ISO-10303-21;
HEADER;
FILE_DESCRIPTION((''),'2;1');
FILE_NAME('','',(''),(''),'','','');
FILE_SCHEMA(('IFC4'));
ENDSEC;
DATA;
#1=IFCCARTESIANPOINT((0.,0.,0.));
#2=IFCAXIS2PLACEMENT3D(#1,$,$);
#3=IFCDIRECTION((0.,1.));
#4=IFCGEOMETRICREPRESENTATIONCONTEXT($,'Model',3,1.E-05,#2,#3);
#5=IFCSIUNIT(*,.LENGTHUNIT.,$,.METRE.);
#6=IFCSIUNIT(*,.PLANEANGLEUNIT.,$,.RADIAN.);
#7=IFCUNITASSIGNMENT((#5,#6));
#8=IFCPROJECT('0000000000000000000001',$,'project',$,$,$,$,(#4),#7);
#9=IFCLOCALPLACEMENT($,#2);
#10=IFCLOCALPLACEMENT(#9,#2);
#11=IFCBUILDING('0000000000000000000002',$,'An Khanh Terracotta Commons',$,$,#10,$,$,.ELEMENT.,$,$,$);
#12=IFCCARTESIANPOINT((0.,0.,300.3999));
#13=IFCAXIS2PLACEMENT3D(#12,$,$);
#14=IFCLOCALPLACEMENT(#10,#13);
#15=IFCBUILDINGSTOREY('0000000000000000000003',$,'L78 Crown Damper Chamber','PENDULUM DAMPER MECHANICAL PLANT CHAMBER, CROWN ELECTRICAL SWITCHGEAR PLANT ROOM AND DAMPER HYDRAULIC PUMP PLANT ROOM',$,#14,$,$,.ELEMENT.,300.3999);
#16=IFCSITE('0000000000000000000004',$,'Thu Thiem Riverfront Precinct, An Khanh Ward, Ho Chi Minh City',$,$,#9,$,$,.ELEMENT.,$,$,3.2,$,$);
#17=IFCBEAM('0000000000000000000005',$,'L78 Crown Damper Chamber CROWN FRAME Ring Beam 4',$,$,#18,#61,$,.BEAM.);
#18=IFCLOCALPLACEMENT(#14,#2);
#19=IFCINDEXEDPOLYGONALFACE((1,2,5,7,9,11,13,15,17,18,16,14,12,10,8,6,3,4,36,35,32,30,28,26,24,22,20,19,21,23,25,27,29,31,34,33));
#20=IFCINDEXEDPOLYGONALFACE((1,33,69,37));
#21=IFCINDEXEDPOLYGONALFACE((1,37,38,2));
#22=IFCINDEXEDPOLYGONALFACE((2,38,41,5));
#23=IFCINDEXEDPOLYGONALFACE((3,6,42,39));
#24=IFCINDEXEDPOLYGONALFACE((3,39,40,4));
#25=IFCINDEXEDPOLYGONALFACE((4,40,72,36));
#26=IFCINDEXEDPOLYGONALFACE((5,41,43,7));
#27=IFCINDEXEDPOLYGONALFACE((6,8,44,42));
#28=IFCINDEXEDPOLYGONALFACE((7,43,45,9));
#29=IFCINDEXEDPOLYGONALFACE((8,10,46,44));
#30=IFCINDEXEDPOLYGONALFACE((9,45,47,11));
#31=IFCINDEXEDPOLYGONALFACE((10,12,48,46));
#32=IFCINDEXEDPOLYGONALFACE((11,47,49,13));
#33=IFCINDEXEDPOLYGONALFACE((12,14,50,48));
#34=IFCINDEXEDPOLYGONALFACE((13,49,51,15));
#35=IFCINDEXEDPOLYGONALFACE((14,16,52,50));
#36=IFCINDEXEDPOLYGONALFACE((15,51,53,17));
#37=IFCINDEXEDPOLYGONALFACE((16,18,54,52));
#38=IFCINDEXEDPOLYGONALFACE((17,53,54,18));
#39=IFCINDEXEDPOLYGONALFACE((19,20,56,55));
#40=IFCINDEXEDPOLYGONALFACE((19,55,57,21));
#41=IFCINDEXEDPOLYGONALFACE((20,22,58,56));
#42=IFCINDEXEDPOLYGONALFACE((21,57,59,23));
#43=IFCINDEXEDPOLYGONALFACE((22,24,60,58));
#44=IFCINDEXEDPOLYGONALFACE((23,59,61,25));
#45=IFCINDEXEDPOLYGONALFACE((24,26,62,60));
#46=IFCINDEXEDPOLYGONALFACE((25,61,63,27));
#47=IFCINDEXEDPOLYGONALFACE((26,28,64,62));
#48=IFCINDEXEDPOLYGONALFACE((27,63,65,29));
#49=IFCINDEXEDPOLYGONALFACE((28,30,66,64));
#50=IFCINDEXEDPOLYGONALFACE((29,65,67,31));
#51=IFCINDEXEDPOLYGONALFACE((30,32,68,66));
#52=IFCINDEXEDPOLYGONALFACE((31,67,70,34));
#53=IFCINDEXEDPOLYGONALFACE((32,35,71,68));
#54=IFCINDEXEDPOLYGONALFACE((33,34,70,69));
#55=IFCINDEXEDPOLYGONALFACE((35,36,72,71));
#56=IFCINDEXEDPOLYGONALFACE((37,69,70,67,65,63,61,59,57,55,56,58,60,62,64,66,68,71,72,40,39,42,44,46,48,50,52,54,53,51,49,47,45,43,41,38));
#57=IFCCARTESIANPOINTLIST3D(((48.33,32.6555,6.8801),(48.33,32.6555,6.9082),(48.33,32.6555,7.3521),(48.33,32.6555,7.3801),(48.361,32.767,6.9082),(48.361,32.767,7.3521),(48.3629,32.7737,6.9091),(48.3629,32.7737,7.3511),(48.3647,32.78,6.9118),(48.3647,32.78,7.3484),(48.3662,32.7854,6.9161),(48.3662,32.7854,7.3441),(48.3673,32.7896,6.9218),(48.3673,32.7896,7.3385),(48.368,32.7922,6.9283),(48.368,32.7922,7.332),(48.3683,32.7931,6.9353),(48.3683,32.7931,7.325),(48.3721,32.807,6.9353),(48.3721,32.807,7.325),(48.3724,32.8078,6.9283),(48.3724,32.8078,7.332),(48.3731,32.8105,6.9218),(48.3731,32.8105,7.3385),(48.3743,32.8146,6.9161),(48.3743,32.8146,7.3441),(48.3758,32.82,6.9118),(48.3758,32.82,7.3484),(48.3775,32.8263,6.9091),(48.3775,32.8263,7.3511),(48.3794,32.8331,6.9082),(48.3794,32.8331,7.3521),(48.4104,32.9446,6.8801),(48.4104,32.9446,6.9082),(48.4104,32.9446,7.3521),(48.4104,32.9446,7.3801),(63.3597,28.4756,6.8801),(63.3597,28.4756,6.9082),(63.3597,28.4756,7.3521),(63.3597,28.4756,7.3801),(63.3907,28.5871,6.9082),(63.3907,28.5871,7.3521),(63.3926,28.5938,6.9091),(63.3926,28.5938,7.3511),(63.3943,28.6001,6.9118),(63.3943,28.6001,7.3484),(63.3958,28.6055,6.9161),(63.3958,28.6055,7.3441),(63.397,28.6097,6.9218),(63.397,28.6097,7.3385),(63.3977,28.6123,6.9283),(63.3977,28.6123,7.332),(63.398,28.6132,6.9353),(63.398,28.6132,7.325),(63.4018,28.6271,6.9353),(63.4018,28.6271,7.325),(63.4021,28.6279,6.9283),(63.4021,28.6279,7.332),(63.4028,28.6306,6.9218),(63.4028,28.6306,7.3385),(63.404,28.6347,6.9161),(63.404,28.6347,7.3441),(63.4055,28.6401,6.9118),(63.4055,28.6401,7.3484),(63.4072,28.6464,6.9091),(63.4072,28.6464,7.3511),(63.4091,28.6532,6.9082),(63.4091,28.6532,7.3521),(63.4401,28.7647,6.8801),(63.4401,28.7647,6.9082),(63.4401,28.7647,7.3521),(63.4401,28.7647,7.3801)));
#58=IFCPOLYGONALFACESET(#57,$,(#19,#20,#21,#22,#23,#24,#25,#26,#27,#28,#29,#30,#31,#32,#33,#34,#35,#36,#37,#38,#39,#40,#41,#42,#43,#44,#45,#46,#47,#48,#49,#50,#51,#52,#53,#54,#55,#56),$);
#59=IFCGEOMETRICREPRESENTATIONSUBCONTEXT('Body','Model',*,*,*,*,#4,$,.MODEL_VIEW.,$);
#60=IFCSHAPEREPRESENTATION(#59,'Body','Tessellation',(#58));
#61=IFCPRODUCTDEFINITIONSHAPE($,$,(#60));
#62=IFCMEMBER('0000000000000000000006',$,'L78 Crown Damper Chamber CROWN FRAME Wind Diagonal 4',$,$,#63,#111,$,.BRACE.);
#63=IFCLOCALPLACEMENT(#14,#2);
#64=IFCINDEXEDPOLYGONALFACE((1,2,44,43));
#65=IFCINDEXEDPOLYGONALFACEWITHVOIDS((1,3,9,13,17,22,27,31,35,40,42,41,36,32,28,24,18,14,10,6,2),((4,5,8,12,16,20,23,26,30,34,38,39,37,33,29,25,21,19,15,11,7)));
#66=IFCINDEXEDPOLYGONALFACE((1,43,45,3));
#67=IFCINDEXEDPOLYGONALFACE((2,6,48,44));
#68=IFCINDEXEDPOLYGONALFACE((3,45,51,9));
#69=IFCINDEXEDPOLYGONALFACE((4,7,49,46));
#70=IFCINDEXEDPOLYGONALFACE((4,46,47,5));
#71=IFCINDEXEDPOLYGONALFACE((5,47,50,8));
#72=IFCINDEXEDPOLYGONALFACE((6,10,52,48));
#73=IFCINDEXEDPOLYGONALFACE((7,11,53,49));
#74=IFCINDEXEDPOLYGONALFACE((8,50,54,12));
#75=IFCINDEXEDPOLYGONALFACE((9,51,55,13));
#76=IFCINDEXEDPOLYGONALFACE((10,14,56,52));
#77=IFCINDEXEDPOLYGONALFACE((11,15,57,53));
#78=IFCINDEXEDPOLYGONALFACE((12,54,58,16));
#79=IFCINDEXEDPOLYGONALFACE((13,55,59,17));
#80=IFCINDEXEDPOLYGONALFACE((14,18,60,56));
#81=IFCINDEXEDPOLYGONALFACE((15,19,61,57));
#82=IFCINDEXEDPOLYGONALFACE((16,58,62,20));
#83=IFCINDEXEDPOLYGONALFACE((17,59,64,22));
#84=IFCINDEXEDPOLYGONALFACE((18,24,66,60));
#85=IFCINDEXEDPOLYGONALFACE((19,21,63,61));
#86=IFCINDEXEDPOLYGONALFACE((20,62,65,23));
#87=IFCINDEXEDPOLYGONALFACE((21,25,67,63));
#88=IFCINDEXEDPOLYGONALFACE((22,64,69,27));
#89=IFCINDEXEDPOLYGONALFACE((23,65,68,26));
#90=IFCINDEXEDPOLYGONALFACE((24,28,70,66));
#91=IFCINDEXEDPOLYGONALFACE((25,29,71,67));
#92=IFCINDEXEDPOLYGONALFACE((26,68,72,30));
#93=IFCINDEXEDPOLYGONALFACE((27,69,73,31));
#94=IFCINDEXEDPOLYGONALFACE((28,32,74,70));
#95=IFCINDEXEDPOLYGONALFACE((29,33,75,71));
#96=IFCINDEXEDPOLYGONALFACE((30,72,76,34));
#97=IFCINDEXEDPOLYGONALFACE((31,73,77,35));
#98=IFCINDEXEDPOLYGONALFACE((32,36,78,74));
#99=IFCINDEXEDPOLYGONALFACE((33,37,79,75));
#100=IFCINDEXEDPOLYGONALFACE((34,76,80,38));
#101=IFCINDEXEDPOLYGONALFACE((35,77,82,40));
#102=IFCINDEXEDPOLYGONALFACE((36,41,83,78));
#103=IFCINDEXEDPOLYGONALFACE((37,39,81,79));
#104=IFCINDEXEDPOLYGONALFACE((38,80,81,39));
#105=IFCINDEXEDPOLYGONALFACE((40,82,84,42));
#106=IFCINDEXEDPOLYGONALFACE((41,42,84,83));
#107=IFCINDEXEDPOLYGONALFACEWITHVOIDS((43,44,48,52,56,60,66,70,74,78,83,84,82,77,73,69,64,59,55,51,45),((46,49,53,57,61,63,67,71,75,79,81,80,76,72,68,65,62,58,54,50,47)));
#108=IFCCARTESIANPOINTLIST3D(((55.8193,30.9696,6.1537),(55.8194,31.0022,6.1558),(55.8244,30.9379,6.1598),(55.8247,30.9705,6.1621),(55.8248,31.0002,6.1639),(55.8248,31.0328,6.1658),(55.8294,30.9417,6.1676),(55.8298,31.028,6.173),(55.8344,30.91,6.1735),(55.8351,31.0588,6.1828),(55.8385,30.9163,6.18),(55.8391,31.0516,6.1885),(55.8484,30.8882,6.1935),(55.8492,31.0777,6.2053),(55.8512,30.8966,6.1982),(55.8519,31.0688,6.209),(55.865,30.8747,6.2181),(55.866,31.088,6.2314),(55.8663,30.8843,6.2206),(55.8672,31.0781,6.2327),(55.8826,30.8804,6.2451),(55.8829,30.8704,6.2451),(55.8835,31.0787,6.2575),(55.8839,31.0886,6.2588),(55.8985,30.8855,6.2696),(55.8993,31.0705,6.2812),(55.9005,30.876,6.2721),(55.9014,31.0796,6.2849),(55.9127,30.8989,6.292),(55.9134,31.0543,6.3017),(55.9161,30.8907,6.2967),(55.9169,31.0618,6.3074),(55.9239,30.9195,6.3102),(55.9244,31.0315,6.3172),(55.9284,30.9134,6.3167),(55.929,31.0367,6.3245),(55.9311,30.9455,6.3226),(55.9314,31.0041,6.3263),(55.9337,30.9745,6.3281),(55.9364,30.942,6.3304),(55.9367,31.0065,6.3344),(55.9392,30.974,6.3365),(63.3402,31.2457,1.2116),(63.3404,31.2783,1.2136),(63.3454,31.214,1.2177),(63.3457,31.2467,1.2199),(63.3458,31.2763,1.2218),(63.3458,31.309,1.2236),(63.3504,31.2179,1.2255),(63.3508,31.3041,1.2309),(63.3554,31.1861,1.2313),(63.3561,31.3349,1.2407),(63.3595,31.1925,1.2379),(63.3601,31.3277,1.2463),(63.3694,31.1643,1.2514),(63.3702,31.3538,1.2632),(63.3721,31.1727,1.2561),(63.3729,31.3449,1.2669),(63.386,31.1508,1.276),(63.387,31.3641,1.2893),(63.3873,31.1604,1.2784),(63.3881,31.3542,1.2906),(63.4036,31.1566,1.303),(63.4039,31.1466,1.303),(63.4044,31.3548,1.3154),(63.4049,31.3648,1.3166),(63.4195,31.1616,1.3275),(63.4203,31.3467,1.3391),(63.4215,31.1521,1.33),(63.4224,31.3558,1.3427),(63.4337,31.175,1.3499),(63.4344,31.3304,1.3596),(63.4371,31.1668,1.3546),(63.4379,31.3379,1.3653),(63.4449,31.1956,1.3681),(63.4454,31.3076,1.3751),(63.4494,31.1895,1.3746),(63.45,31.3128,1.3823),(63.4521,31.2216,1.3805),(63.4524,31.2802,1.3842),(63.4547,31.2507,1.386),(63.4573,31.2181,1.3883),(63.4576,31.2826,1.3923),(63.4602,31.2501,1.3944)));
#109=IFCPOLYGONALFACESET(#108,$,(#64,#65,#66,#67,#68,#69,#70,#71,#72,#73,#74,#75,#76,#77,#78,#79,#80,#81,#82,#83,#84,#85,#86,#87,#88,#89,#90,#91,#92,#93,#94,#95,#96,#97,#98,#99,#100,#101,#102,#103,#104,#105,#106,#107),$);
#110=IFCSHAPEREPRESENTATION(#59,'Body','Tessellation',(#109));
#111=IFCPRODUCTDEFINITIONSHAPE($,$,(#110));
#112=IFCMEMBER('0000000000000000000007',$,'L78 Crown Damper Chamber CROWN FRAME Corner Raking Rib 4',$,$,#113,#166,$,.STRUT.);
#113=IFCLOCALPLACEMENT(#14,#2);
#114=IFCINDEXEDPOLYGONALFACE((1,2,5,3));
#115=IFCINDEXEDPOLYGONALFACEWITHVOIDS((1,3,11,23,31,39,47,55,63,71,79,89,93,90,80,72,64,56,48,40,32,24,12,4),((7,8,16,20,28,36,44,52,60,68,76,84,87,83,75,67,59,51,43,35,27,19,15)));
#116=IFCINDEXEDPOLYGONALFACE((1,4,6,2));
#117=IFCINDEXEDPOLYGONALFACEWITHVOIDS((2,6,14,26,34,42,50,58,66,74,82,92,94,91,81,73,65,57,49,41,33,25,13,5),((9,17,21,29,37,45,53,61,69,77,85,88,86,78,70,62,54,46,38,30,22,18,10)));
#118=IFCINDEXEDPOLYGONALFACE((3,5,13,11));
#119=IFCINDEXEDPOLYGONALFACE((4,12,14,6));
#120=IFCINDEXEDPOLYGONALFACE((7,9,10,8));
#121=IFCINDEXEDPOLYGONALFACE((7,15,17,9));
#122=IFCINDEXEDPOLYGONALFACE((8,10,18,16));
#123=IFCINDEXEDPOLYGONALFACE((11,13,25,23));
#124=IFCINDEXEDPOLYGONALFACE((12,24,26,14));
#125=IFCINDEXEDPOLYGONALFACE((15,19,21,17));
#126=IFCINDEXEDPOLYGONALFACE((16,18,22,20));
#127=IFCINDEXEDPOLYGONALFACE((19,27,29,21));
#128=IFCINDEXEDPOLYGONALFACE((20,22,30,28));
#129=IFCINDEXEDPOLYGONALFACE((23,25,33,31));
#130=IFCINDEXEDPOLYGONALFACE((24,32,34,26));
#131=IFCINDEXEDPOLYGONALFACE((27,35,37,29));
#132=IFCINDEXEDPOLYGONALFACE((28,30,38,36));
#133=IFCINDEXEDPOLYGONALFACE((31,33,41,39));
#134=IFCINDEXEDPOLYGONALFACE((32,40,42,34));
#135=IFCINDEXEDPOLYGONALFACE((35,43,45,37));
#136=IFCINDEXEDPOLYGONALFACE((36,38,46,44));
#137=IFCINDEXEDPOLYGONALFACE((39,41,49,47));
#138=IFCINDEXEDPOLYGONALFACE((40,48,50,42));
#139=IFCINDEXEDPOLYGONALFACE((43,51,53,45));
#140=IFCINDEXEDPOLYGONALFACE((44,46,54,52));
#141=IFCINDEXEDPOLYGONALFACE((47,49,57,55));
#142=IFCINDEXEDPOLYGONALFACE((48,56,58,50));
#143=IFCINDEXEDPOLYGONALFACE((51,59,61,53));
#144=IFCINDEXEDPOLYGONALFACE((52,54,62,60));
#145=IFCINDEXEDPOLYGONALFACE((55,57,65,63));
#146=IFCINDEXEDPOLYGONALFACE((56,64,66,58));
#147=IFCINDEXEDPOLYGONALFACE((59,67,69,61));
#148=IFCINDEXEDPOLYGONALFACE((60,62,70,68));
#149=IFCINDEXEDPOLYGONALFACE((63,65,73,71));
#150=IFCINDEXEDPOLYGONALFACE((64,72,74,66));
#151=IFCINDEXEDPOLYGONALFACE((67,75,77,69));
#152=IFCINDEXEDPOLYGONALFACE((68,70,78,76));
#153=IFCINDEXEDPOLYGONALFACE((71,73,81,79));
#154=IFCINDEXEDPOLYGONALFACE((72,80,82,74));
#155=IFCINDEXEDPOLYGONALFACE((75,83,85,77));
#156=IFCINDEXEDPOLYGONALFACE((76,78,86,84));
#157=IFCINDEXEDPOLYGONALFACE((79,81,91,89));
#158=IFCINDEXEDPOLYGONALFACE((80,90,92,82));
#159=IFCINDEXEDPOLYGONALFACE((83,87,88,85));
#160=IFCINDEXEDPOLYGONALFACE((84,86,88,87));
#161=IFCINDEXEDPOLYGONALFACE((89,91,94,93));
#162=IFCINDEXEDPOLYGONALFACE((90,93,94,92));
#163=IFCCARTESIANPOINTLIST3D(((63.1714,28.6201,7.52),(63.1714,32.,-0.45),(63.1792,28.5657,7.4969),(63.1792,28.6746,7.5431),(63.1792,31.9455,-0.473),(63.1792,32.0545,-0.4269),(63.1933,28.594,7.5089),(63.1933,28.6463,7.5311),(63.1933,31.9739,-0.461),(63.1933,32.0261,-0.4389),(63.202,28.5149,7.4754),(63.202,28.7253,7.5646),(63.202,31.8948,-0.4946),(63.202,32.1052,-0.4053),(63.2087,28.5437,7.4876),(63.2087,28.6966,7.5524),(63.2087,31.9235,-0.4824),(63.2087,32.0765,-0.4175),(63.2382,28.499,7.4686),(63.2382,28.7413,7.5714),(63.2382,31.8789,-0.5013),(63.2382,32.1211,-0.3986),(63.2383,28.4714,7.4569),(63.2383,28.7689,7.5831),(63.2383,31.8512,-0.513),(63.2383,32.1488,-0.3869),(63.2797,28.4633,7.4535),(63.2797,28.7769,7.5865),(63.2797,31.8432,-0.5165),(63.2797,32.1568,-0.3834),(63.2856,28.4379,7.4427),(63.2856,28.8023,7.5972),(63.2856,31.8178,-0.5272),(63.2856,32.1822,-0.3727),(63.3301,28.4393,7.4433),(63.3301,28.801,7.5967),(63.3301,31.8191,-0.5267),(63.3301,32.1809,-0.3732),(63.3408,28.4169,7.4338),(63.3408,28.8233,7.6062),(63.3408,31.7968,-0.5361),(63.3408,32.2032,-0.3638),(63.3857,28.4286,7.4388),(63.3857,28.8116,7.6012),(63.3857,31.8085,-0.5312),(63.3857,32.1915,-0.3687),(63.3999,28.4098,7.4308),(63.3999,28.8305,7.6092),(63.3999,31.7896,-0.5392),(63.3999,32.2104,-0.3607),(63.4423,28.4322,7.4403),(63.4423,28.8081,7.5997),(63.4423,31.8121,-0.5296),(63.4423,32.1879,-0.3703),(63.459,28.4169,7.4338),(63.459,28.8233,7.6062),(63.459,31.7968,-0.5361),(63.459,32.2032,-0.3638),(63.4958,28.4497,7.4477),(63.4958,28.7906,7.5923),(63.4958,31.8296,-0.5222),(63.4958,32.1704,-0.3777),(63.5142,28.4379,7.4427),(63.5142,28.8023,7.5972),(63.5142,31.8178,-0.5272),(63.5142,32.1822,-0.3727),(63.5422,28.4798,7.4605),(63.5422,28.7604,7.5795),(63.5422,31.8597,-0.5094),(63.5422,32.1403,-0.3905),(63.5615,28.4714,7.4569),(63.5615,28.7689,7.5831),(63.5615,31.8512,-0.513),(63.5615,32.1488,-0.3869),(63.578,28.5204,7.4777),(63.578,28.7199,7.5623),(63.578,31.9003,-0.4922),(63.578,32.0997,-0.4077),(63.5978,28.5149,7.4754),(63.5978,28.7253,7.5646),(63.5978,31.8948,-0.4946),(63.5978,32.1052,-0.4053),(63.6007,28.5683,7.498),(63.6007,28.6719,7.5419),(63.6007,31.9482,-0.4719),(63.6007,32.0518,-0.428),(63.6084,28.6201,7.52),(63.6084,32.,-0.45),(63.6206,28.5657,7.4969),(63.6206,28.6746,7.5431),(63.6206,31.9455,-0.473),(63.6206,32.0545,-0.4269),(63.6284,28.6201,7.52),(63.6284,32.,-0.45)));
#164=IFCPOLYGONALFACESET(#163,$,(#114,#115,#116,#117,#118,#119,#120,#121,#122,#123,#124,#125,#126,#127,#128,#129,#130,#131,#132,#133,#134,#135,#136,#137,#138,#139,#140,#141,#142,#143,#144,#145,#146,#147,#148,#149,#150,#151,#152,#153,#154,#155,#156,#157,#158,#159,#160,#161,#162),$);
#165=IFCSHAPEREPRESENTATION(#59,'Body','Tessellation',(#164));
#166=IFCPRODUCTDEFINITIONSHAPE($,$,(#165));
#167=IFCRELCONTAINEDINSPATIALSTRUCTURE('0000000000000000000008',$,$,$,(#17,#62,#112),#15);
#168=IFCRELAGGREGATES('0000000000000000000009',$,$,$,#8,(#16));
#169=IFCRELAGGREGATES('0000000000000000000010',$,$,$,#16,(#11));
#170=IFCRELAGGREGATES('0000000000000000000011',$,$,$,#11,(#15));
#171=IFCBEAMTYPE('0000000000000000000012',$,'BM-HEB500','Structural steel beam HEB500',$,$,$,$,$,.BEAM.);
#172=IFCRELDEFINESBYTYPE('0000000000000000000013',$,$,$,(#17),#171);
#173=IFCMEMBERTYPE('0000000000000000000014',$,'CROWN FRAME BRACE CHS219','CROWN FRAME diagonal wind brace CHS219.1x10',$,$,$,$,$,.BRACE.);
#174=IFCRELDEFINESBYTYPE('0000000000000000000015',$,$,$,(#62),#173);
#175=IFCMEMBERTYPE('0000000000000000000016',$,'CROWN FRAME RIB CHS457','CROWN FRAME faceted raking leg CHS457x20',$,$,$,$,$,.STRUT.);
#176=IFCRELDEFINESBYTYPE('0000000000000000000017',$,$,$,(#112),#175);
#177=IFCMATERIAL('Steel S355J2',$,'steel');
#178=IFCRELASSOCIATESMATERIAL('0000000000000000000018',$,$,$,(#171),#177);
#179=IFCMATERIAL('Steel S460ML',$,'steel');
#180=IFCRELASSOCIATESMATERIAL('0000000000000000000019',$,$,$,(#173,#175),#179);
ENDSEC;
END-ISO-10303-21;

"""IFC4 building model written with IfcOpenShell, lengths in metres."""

from ifc_helpers import new_model, si_unit, direction, frame, origin, origin_2d, place, context, subcontext, project, spatial, hollow_circle, i_section, extrude, material, material_profile, profile_set, type_object, element, save


model = new_model("IFC4")

# Units and contexts
model_context = context("Model", 3, precision=1e-05, world=origin(), true_north=direction((0.0, 1.0)))
body_context = subcontext(model_context, "Body", "Model", "MODEL_VIEW")
ifc_project = project(units=[si_unit("LENGTHUNIT", "METRE"), si_unit("PLANEANGLEUNIT", "RADIAN")], contexts=[model_context])

# Site, building, storey
site_placement = place(None, origin())
site = spatial("IfcSite", under=ifc_project, at=site_placement, Name="Thu Thiem Riverfront Precinct, An Khanh Ward, Ho Chi Minh City", CompositionType="ELEMENT", RefElevation=3.2)
building_placement = place(site_placement, origin())
building = spatial("IfcBuilding", under=site, at=building_placement, Name="An Khanh Terracotta Commons", CompositionType="ELEMENT")
storey_placement = place(building_placement, frame((0.0, 0.0, 300.3999)))
storey = spatial("IfcBuildingStorey", under=building, at=storey_placement, Name="L78 Crown Damper Chamber", Description="PENDULUM DAMPER MECHANICAL PLANT CHAMBER, CROWN ELECTRICAL SWITCHGEAR PLANT ROOM AND DAMPER HYDRAULIC PUMP PLANT ROOM", CompositionType="ELEMENT", Elevation=300.3999)

# Beam
ifc_material_1 = material(Name="Steel S355J2", Category="steel")
ifc_material_profile_1 = material_profile(ifc_material_1, i_section(OverallWidth=0.3, OverallDepth=0.5, WebThickness=0.0144, FlangeThickness=0.0281, FilletRadius=0.0271, at=origin_2d()), Name="HEB500")
ifc_profile_set_1 = profile_set([ifc_material_profile_1], Name="Steel S355J2")
beam_type = type_object("IfcBeamType", Name="BM-HEB500", Description="Structural steel beam HEB500", PredefinedType="BEAM", material=ifc_profile_set_1)
beam_placement = place(storey_placement, frame((63.3999, 28.6201, 7.1301), z_axis=(-0.963435, 0.267941, 0.0), x_axis=(-0.267941, -0.963435, 0.0)))
element("IfcBeam", 1, at=beam_placement, inside=storey, type_object=beam_type, Name="L78 Crown Damper Chamber CROWN FRAME Ring Beam 4", PredefinedType="BEAM", context=body_context, shape_type="SweptSolid", body=[
    extrude(i_section(OverallWidth=0.3, OverallDepth=0.5, WebThickness=0.0144, FlangeThickness=0.0281, FilletRadius=0.0271, at=origin_2d()), origin(), (0.0, 0.0, 1.0), 15.6001),
])

# Members
ifc_material_2 = material(Name="Steel S460ML", Category="steel")
ifc_material_profile_2 = material_profile(ifc_material_2, hollow_circle(Radius=0.1096, WallThickness=0.01, at=origin_2d()), Name="CHS219.1x10")
ifc_profile_set_2 = profile_set([ifc_material_profile_2], Name="Steel S460ML")
member_type_1 = type_object("IfcMemberType", Name="CROWN FRAME BRACE CHS219", Description="CROWN FRAME diagonal wind brace CHS219.1x10", PredefinedType="BRACE", material=ifc_profile_set_2)
member_1_placement = place(storey_placement, frame((63.3999, 31.2561, 1.303), z_axis=(-0.835324, -0.030668, 0.548902), x_axis=(0.036689, -0.999327, 0.0)))
element("IfcMember", 2, at=member_1_placement, inside=storey, type_object=member_type_1, Name="L78 Crown Damper Chamber CROWN FRAME Wind Diagonal 4", PredefinedType="BRACE", context=body_context, shape_type="SweptSolid", body=[
    extrude(hollow_circle(Radius=0.1096, WallThickness=0.01, at=origin_2d()), origin(), (0.0, 0.0, 1.0), 9.0037),
])
ifc_material_profile_3 = material_profile(ifc_material_2, hollow_circle(Radius=0.2285, WallThickness=0.02, at=origin_2d()), Name="CHS457x20")
ifc_profile_set_3 = profile_set([ifc_material_profile_3], Name="Steel S460ML")
member_type_2 = type_object("IfcMemberType", Name="CROWN FRAME RIB CHS457", Description="CROWN FRAME faceted raking leg CHS457x20", PredefinedType="STRUT", material=ifc_profile_set_3)
member_2_placement = place(storey_placement, frame((63.3999, 32.0, -0.45), z_axis=(0.0, -0.390421, 0.920636), x_axis=(1.0, 0.0, 0.0)))
element("IfcMember", 3, at=member_2_placement, inside=storey, type_object=member_type_2, Name="L78 Crown Damper Chamber CROWN FRAME Corner Raking Rib 4", PredefinedType="STRUT", context=body_context, shape_type="SweptSolid", body=[
    extrude(hollow_circle(Radius=0.2285, WallThickness=0.02, at=origin_2d()), origin(), (0.0, 0.0, 1.0), 8.657),
])

save(model, "model.ifc")
